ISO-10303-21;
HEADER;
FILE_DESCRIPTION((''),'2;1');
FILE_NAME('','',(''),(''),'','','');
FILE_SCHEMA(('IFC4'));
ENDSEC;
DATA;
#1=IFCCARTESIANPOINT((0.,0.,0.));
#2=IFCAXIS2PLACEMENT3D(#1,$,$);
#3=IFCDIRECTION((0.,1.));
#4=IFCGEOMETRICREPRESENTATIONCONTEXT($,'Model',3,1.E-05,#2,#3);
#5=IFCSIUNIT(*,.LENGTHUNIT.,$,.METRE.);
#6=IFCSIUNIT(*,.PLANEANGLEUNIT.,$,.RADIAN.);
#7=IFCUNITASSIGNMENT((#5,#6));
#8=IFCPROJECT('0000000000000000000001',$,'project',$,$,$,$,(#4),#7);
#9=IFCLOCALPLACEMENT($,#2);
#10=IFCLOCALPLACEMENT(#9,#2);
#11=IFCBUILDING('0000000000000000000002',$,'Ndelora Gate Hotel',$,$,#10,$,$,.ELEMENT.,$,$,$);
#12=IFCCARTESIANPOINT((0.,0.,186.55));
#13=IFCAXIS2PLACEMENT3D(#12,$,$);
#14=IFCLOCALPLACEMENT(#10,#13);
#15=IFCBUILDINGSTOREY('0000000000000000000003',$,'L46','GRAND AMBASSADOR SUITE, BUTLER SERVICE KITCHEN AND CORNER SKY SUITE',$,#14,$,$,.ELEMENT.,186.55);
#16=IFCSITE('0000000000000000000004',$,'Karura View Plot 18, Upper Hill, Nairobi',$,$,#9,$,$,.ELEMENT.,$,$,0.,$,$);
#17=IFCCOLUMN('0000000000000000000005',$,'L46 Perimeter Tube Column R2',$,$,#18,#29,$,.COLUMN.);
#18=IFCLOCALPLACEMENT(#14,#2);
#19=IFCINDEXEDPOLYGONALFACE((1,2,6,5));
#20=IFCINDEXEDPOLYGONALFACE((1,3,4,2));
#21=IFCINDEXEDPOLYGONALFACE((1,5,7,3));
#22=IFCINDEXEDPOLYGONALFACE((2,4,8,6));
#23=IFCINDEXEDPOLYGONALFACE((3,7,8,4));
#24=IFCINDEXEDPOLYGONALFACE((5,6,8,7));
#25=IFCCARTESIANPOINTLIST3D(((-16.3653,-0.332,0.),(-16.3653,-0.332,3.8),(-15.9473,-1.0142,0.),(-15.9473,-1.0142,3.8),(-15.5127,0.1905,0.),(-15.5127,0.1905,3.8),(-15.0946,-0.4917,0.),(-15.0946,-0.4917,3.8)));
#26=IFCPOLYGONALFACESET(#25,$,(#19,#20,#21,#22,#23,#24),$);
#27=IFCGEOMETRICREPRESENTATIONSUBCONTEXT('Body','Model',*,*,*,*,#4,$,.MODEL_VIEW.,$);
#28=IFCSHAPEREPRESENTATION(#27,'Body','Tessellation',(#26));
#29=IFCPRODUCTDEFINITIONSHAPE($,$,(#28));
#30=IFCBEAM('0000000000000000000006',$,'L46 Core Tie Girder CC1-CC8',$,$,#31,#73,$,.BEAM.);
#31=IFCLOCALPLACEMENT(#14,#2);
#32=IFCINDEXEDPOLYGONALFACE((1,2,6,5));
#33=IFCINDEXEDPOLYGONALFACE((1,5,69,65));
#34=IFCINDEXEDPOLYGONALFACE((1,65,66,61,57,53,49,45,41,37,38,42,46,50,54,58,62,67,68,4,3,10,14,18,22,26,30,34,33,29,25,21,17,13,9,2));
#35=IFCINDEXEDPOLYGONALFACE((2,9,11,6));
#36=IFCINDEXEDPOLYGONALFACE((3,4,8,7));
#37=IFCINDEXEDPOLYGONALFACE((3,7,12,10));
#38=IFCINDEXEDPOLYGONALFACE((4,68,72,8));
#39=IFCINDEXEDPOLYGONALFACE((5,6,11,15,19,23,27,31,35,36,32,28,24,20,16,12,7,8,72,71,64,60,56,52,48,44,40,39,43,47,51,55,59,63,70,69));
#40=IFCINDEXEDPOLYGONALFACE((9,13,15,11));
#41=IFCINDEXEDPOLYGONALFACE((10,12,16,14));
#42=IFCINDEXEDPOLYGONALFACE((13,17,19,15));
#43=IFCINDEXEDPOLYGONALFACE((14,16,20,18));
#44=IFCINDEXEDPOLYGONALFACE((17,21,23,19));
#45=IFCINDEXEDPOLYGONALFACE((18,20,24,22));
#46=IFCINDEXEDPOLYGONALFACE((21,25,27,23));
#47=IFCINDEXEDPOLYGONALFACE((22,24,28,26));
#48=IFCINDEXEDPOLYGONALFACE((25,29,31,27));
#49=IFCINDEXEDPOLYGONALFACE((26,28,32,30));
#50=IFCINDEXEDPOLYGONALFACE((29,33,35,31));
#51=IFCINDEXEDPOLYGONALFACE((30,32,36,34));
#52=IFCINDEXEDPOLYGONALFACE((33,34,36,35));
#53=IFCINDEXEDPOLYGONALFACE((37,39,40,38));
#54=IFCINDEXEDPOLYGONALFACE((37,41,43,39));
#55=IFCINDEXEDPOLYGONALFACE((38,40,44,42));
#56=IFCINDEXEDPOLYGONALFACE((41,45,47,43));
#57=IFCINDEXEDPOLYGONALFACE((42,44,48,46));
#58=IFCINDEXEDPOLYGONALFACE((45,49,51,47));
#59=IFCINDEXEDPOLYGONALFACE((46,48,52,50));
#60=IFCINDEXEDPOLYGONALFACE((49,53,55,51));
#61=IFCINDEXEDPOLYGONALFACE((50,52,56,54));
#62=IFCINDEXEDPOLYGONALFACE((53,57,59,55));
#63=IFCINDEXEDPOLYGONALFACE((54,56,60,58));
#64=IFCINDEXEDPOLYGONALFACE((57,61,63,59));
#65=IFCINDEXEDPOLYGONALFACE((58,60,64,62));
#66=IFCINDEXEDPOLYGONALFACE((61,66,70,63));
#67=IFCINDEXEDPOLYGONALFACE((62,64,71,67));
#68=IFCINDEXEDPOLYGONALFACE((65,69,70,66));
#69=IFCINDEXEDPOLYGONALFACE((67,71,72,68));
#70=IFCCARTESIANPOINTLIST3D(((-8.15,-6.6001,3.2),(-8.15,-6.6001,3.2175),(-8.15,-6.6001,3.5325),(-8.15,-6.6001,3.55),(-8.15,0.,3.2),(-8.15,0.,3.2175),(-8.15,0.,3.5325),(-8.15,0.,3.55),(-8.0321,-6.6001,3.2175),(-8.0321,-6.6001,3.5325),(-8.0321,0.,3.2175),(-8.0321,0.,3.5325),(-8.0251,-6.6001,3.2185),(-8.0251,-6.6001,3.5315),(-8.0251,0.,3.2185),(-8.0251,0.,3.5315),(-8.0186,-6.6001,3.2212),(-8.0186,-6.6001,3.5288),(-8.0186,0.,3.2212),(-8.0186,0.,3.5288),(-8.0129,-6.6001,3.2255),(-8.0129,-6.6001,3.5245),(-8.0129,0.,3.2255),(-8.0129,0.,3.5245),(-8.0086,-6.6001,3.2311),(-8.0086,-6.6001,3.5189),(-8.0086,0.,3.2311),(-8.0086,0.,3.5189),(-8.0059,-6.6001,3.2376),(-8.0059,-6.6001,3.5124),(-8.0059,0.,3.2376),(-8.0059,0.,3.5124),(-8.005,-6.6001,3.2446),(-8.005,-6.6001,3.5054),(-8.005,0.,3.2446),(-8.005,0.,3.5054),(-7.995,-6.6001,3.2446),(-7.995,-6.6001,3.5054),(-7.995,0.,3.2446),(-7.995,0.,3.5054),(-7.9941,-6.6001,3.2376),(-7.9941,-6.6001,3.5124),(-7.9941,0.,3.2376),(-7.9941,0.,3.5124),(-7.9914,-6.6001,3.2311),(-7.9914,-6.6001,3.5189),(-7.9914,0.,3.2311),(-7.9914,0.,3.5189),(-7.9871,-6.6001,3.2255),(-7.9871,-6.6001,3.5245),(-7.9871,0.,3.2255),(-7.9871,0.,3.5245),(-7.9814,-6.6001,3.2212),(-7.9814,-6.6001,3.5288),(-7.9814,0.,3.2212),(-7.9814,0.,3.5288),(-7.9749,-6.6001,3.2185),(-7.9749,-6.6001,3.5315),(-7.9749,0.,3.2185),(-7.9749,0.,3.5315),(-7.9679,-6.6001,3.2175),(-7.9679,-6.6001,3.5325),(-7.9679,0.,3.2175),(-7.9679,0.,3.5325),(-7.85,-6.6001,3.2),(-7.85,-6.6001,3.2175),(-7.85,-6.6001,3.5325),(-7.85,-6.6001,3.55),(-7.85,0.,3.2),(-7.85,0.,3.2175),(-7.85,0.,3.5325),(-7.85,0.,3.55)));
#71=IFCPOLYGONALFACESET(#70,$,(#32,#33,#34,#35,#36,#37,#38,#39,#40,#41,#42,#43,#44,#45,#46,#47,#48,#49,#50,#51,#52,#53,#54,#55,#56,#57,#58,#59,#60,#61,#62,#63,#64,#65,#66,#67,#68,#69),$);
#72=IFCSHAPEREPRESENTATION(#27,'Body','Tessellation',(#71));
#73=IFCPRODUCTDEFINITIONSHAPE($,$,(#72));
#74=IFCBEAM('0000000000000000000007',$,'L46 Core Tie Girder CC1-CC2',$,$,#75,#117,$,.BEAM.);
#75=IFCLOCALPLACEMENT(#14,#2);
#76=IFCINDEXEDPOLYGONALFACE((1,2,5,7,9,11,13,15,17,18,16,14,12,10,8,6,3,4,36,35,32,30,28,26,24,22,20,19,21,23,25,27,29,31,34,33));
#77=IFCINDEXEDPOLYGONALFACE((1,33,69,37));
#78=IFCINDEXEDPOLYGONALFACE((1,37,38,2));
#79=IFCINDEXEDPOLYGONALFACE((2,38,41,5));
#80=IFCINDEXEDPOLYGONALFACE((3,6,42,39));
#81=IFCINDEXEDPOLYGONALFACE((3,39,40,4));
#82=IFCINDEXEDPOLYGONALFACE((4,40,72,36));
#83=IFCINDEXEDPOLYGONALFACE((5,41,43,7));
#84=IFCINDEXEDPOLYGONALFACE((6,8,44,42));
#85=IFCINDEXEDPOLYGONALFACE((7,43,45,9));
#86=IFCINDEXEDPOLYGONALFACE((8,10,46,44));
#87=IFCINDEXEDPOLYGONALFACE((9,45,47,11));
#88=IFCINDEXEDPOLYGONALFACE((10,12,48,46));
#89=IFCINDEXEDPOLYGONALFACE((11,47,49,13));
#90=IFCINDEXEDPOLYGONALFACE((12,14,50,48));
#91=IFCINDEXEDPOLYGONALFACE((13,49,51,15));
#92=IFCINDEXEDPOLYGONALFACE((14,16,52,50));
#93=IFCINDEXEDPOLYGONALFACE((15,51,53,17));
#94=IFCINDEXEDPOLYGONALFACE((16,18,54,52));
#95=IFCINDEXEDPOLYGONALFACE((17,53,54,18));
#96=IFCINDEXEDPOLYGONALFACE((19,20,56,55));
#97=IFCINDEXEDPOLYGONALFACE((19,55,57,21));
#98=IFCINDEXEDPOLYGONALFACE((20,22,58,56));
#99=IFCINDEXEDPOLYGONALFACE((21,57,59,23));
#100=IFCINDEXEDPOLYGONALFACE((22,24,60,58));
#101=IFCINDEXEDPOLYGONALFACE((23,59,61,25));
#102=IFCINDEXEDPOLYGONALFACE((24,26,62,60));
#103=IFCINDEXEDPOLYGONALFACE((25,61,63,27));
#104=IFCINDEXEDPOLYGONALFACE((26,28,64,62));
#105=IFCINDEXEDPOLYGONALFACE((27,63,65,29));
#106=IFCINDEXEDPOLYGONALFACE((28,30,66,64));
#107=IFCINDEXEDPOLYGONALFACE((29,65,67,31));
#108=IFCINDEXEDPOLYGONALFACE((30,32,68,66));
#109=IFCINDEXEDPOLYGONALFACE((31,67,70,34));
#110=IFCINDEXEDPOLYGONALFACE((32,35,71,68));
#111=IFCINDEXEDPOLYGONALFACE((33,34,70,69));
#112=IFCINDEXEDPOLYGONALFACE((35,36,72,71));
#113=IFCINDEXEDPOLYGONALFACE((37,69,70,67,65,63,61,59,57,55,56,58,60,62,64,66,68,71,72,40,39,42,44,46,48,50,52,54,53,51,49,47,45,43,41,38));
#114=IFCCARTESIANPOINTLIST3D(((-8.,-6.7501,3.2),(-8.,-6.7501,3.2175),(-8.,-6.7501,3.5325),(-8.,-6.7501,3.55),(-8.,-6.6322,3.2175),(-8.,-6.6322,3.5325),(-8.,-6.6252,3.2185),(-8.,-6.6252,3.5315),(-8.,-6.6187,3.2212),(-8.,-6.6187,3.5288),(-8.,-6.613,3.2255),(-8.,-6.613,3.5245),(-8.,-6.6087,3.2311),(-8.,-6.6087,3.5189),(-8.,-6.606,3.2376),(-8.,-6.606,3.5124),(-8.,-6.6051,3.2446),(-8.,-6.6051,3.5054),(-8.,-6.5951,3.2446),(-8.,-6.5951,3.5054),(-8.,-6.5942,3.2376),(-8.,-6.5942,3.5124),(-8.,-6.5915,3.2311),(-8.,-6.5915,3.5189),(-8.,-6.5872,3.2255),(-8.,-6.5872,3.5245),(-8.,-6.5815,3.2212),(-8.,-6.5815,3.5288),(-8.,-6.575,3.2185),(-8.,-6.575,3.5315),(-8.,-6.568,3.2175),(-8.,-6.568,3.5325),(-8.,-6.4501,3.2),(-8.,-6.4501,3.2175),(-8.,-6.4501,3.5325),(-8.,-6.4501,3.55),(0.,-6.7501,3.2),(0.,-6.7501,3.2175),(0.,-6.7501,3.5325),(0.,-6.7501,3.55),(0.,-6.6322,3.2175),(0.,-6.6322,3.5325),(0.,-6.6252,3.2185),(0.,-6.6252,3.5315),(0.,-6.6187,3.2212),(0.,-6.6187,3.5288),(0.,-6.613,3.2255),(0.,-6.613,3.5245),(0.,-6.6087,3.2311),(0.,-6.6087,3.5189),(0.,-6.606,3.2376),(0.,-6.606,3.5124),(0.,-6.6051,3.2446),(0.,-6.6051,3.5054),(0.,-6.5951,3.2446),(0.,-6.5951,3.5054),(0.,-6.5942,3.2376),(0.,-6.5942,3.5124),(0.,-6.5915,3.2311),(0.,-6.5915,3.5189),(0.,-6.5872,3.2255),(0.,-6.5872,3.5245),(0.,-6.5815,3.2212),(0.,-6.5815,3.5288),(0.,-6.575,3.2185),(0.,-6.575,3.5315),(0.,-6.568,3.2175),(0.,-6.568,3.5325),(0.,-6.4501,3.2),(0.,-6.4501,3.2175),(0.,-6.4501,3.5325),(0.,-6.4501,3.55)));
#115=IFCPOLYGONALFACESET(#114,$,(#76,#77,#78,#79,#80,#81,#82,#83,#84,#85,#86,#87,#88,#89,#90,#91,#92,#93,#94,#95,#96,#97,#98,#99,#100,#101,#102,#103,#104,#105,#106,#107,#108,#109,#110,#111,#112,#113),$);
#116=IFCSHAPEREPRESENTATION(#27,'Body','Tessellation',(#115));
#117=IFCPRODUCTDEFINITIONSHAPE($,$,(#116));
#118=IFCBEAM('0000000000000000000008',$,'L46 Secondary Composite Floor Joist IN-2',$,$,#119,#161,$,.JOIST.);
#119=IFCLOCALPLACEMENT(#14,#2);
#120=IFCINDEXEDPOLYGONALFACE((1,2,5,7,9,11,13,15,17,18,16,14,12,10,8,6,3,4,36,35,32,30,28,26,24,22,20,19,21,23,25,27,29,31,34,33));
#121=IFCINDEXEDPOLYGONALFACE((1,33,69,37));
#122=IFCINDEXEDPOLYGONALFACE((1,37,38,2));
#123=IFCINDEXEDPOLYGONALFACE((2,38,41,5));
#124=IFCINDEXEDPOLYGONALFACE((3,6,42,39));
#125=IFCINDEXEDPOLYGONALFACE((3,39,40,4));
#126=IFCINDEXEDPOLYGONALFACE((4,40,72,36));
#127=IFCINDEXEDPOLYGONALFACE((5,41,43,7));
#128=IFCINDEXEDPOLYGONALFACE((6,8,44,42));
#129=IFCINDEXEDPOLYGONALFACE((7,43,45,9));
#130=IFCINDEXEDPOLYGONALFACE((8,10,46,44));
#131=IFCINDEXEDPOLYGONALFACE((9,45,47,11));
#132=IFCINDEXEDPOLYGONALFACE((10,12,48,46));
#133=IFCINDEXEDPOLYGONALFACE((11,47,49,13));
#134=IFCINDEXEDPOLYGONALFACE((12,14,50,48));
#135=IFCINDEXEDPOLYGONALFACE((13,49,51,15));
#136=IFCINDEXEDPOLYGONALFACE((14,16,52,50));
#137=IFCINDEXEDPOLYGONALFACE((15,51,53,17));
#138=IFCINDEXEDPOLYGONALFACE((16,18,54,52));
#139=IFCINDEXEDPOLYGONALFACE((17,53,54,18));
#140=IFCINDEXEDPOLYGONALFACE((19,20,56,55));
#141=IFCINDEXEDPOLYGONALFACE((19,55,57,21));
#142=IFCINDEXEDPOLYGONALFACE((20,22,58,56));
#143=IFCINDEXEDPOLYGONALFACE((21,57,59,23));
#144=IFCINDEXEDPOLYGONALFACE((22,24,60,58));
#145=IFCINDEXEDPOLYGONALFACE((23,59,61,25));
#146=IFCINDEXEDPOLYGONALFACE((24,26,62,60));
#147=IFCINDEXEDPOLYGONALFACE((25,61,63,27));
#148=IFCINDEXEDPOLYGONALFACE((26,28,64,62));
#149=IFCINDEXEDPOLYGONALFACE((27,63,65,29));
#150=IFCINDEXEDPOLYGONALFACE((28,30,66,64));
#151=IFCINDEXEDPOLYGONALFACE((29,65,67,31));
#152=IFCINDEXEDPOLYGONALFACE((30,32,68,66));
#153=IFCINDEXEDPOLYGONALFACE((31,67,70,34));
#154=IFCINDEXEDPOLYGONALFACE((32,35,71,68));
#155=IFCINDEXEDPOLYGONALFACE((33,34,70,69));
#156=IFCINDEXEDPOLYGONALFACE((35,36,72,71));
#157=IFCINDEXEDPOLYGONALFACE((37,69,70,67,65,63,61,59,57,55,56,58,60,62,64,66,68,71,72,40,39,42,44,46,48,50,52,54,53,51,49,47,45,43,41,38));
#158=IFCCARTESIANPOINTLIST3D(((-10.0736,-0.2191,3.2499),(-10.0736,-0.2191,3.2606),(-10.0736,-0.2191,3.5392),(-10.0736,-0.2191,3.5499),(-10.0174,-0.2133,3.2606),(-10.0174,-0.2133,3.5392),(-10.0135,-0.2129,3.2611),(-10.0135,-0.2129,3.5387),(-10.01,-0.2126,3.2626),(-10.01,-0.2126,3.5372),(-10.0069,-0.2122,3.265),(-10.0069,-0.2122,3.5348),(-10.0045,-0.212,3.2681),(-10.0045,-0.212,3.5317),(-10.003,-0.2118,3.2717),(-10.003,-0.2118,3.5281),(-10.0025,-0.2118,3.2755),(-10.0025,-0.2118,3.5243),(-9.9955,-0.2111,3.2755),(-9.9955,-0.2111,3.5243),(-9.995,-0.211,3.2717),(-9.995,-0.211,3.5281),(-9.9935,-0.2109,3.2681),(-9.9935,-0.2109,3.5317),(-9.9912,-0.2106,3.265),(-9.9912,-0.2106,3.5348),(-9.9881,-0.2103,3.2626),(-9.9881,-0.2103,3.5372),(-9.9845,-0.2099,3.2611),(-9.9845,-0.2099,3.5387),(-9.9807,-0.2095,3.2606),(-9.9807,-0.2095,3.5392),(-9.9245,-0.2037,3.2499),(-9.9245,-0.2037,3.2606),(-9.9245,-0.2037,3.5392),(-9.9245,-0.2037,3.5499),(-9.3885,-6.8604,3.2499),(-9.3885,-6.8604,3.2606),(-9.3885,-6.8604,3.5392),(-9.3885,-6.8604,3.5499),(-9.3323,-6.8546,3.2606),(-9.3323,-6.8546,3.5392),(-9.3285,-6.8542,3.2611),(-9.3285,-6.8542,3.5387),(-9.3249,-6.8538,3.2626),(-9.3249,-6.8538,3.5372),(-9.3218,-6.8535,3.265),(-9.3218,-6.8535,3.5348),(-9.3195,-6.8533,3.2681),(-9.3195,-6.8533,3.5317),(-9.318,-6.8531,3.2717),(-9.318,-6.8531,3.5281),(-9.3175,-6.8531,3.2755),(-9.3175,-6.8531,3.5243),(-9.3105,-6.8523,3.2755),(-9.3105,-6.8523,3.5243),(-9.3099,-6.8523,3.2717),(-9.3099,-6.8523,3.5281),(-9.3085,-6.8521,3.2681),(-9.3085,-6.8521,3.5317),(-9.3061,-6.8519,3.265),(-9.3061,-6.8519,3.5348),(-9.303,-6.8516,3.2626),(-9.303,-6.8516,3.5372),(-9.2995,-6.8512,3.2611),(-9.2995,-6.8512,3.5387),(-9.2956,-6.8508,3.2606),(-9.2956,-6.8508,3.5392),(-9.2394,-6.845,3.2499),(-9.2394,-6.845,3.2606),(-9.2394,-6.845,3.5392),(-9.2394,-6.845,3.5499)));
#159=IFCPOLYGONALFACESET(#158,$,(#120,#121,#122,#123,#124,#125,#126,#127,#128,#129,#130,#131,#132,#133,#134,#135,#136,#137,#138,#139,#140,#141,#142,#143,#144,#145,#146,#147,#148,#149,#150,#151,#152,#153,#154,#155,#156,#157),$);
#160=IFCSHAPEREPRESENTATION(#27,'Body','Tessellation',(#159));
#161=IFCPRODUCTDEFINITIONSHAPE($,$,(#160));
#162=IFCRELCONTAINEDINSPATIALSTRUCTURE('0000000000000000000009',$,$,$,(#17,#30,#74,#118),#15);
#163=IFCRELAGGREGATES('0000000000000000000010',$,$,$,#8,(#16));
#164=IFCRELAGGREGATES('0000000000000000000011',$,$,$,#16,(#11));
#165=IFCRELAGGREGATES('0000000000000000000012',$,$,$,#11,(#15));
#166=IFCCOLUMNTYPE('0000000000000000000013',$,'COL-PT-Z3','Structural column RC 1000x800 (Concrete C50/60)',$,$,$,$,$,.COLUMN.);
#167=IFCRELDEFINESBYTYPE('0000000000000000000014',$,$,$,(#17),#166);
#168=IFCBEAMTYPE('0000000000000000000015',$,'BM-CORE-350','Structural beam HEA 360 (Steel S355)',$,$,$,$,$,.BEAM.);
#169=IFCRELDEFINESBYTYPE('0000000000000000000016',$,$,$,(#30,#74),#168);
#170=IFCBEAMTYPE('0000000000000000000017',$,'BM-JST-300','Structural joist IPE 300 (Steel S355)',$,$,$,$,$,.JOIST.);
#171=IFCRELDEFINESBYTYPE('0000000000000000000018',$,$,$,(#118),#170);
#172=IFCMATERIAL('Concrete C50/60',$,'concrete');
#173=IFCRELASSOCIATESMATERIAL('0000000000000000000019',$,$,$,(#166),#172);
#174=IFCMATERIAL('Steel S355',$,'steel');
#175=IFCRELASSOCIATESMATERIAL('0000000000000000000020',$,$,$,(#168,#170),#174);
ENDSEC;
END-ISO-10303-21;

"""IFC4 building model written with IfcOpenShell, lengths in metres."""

from ifc_helpers import new_model, si_unit, direction, frame, origin, origin_2d, place, context, subcontext, project, spatial, rectangle, i_section, extrude, material, material_profile, profile_set, type_object, element, save


model = new_model("IFC4")

# Units and contexts
model_context = context("Model", 3, precision=1e-05, world=origin(), true_north=direction((0.0, 1.0)))
body_context = subcontext(model_context, "Body", "Model", "MODEL_VIEW")
ifc_project = project(units=[si_unit("LENGTHUNIT", "METRE"), si_unit("PLANEANGLEUNIT", "RADIAN")], contexts=[model_context])

# Site, building, storey
site_placement = place(None, origin())
site = spatial("IfcSite", under=ifc_project, at=site_placement, Name="Karura View Plot 18, Upper Hill, Nairobi", CompositionType="ELEMENT", RefElevation=0.0)
building_placement = place(site_placement, origin())
building = spatial("IfcBuilding", under=site, at=building_placement, Name="Ndelora Gate Hotel", CompositionType="ELEMENT")
storey_placement = place(building_placement, frame((0.0, 0.0, 186.55)))
storey = spatial("IfcBuildingStorey", under=building, at=storey_placement, Name="L46", Description="GRAND AMBASSADOR SUITE, BUTLER SERVICE KITCHEN AND CORNER SKY SUITE", CompositionType="ELEMENT", Elevation=186.55)

# Column
ifc_material_1 = material(Name="Concrete C50/60", Category="concrete")
ifc_material_profile_1 = material_profile(ifc_material_1, rectangle(XDim=0.8, YDim=1.0, at=origin_2d()), Name="RC 1000x800")
ifc_profile_set_1 = profile_set([ifc_material_profile_1], Name="Concrete C50/60")
column_type = type_object("IfcColumnType", Name="COL-PT-Z3", Description="Structural column RC 1000x800 (Concrete C50/60)", PredefinedType="COLUMN", material=ifc_profile_set_1)
column_placement = place(storey_placement, frame((-15.73, -0.4119, 0.0), z_axis=(0.0, 0.0, 1.0), x_axis=(-0.522499, 0.85264, 0.0)))
element("IfcColumn", 1, at=column_placement, inside=storey, type_object=column_type, Name="L46 Perimeter Tube Column R2", PredefinedType="COLUMN", context=body_context, shape_type="SweptSolid", body=[
    extrude(rectangle(XDim=0.8, YDim=1.0, at=origin_2d()), origin(), (0.0, 0.0, 1.0), 3.8),
])

# Beams
ifc_material_2 = material(Name="Steel S355", Category="steel")
ifc_material_profile_2 = material_profile(ifc_material_2, i_section(OverallWidth=0.3, OverallDepth=0.3501, WebThickness=0.01, FlangeThickness=0.0176, FilletRadius=0.0271, at=origin_2d()), Name="HEA 360")
ifc_profile_set_2 = profile_set([ifc_material_profile_2], Name="Steel S355")
beam_type_1 = type_object("IfcBeamType", Name="BM-CORE-350", Description="Structural beam HEA 360 (Steel S355)", PredefinedType="BEAM", material=ifc_profile_set_2)
beam_1_placement = place(storey_placement, frame((-8.0, -6.6001, 3.375), z_axis=(0.0, 1.0, 0.0), x_axis=(-1.0, 0.0, 0.0)))
element("IfcBeam", 2, at=beam_1_placement, inside=storey, type_object=beam_type_1, Name="L46 Core Tie Girder CC1-CC8", PredefinedType="BEAM", context=body_context, shape_type="SweptSolid", body=[
    extrude(i_section(OverallWidth=0.3, OverallDepth=0.3501, WebThickness=0.01, FlangeThickness=0.0176, FilletRadius=0.0271, at=origin_2d()), origin(), (0.0, 0.0, 1.0), 6.6001),
])
beam_2_placement = place(storey_placement, frame((-8.0, -6.6001, 3.375), z_axis=(1.0, 0.0, 0.0), x_axis=(0.0, 1.0, 0.0)))
element("IfcBeam", 3, at=beam_2_placement, inside=storey, type_object=beam_type_1, Name="L46 Core Tie Girder CC1-CC2", PredefinedType="BEAM", context=body_context, shape_type="SweptSolid", body=[
    extrude(i_section(OverallWidth=0.3, OverallDepth=0.3501, WebThickness=0.01, FlangeThickness=0.0176, FilletRadius=0.0271, at=origin_2d()), origin(), (0.0, 0.0, 1.0), 8.0),
])
ifc_material_profile_3 = material_profile(ifc_material_2, i_section(OverallWidth=0.1499, OverallDepth=0.3, WebThickness=0.0071, FlangeThickness=0.0107, FilletRadius=0.0149, at=origin_2d()), Name="IPE 300")
ifc_profile_set_3 = profile_set([ifc_material_profile_3], Name="Steel S355")
beam_type_2 = type_object("IfcBeamType", Name="BM-JST-300", Description="Structural joist IPE 300 (Steel S355)", PredefinedType="JOIST", material=ifc_profile_set_3)
beam_3_placement = place(storey_placement, frame((-9.999, -0.2114, 3.3999), z_axis=(0.102606, -0.994722, 0.0), x_axis=(0.994722, 0.102606, 0.0)))
element("IfcBeam", 4, at=beam_3_placement, inside=storey, type_object=beam_type_2, Name="L46 Secondary Composite Floor Joist IN-2", PredefinedType="JOIST", context=body_context, shape_type="SweptSolid", body=[
    extrude(i_section(OverallWidth=0.1499, OverallDepth=0.3, WebThickness=0.0071, FlangeThickness=0.0107, FilletRadius=0.0149, at=origin_2d()), origin(), (0.0, 0.0, 1.0), 6.6765),
])

save(model, "model.ifc")
